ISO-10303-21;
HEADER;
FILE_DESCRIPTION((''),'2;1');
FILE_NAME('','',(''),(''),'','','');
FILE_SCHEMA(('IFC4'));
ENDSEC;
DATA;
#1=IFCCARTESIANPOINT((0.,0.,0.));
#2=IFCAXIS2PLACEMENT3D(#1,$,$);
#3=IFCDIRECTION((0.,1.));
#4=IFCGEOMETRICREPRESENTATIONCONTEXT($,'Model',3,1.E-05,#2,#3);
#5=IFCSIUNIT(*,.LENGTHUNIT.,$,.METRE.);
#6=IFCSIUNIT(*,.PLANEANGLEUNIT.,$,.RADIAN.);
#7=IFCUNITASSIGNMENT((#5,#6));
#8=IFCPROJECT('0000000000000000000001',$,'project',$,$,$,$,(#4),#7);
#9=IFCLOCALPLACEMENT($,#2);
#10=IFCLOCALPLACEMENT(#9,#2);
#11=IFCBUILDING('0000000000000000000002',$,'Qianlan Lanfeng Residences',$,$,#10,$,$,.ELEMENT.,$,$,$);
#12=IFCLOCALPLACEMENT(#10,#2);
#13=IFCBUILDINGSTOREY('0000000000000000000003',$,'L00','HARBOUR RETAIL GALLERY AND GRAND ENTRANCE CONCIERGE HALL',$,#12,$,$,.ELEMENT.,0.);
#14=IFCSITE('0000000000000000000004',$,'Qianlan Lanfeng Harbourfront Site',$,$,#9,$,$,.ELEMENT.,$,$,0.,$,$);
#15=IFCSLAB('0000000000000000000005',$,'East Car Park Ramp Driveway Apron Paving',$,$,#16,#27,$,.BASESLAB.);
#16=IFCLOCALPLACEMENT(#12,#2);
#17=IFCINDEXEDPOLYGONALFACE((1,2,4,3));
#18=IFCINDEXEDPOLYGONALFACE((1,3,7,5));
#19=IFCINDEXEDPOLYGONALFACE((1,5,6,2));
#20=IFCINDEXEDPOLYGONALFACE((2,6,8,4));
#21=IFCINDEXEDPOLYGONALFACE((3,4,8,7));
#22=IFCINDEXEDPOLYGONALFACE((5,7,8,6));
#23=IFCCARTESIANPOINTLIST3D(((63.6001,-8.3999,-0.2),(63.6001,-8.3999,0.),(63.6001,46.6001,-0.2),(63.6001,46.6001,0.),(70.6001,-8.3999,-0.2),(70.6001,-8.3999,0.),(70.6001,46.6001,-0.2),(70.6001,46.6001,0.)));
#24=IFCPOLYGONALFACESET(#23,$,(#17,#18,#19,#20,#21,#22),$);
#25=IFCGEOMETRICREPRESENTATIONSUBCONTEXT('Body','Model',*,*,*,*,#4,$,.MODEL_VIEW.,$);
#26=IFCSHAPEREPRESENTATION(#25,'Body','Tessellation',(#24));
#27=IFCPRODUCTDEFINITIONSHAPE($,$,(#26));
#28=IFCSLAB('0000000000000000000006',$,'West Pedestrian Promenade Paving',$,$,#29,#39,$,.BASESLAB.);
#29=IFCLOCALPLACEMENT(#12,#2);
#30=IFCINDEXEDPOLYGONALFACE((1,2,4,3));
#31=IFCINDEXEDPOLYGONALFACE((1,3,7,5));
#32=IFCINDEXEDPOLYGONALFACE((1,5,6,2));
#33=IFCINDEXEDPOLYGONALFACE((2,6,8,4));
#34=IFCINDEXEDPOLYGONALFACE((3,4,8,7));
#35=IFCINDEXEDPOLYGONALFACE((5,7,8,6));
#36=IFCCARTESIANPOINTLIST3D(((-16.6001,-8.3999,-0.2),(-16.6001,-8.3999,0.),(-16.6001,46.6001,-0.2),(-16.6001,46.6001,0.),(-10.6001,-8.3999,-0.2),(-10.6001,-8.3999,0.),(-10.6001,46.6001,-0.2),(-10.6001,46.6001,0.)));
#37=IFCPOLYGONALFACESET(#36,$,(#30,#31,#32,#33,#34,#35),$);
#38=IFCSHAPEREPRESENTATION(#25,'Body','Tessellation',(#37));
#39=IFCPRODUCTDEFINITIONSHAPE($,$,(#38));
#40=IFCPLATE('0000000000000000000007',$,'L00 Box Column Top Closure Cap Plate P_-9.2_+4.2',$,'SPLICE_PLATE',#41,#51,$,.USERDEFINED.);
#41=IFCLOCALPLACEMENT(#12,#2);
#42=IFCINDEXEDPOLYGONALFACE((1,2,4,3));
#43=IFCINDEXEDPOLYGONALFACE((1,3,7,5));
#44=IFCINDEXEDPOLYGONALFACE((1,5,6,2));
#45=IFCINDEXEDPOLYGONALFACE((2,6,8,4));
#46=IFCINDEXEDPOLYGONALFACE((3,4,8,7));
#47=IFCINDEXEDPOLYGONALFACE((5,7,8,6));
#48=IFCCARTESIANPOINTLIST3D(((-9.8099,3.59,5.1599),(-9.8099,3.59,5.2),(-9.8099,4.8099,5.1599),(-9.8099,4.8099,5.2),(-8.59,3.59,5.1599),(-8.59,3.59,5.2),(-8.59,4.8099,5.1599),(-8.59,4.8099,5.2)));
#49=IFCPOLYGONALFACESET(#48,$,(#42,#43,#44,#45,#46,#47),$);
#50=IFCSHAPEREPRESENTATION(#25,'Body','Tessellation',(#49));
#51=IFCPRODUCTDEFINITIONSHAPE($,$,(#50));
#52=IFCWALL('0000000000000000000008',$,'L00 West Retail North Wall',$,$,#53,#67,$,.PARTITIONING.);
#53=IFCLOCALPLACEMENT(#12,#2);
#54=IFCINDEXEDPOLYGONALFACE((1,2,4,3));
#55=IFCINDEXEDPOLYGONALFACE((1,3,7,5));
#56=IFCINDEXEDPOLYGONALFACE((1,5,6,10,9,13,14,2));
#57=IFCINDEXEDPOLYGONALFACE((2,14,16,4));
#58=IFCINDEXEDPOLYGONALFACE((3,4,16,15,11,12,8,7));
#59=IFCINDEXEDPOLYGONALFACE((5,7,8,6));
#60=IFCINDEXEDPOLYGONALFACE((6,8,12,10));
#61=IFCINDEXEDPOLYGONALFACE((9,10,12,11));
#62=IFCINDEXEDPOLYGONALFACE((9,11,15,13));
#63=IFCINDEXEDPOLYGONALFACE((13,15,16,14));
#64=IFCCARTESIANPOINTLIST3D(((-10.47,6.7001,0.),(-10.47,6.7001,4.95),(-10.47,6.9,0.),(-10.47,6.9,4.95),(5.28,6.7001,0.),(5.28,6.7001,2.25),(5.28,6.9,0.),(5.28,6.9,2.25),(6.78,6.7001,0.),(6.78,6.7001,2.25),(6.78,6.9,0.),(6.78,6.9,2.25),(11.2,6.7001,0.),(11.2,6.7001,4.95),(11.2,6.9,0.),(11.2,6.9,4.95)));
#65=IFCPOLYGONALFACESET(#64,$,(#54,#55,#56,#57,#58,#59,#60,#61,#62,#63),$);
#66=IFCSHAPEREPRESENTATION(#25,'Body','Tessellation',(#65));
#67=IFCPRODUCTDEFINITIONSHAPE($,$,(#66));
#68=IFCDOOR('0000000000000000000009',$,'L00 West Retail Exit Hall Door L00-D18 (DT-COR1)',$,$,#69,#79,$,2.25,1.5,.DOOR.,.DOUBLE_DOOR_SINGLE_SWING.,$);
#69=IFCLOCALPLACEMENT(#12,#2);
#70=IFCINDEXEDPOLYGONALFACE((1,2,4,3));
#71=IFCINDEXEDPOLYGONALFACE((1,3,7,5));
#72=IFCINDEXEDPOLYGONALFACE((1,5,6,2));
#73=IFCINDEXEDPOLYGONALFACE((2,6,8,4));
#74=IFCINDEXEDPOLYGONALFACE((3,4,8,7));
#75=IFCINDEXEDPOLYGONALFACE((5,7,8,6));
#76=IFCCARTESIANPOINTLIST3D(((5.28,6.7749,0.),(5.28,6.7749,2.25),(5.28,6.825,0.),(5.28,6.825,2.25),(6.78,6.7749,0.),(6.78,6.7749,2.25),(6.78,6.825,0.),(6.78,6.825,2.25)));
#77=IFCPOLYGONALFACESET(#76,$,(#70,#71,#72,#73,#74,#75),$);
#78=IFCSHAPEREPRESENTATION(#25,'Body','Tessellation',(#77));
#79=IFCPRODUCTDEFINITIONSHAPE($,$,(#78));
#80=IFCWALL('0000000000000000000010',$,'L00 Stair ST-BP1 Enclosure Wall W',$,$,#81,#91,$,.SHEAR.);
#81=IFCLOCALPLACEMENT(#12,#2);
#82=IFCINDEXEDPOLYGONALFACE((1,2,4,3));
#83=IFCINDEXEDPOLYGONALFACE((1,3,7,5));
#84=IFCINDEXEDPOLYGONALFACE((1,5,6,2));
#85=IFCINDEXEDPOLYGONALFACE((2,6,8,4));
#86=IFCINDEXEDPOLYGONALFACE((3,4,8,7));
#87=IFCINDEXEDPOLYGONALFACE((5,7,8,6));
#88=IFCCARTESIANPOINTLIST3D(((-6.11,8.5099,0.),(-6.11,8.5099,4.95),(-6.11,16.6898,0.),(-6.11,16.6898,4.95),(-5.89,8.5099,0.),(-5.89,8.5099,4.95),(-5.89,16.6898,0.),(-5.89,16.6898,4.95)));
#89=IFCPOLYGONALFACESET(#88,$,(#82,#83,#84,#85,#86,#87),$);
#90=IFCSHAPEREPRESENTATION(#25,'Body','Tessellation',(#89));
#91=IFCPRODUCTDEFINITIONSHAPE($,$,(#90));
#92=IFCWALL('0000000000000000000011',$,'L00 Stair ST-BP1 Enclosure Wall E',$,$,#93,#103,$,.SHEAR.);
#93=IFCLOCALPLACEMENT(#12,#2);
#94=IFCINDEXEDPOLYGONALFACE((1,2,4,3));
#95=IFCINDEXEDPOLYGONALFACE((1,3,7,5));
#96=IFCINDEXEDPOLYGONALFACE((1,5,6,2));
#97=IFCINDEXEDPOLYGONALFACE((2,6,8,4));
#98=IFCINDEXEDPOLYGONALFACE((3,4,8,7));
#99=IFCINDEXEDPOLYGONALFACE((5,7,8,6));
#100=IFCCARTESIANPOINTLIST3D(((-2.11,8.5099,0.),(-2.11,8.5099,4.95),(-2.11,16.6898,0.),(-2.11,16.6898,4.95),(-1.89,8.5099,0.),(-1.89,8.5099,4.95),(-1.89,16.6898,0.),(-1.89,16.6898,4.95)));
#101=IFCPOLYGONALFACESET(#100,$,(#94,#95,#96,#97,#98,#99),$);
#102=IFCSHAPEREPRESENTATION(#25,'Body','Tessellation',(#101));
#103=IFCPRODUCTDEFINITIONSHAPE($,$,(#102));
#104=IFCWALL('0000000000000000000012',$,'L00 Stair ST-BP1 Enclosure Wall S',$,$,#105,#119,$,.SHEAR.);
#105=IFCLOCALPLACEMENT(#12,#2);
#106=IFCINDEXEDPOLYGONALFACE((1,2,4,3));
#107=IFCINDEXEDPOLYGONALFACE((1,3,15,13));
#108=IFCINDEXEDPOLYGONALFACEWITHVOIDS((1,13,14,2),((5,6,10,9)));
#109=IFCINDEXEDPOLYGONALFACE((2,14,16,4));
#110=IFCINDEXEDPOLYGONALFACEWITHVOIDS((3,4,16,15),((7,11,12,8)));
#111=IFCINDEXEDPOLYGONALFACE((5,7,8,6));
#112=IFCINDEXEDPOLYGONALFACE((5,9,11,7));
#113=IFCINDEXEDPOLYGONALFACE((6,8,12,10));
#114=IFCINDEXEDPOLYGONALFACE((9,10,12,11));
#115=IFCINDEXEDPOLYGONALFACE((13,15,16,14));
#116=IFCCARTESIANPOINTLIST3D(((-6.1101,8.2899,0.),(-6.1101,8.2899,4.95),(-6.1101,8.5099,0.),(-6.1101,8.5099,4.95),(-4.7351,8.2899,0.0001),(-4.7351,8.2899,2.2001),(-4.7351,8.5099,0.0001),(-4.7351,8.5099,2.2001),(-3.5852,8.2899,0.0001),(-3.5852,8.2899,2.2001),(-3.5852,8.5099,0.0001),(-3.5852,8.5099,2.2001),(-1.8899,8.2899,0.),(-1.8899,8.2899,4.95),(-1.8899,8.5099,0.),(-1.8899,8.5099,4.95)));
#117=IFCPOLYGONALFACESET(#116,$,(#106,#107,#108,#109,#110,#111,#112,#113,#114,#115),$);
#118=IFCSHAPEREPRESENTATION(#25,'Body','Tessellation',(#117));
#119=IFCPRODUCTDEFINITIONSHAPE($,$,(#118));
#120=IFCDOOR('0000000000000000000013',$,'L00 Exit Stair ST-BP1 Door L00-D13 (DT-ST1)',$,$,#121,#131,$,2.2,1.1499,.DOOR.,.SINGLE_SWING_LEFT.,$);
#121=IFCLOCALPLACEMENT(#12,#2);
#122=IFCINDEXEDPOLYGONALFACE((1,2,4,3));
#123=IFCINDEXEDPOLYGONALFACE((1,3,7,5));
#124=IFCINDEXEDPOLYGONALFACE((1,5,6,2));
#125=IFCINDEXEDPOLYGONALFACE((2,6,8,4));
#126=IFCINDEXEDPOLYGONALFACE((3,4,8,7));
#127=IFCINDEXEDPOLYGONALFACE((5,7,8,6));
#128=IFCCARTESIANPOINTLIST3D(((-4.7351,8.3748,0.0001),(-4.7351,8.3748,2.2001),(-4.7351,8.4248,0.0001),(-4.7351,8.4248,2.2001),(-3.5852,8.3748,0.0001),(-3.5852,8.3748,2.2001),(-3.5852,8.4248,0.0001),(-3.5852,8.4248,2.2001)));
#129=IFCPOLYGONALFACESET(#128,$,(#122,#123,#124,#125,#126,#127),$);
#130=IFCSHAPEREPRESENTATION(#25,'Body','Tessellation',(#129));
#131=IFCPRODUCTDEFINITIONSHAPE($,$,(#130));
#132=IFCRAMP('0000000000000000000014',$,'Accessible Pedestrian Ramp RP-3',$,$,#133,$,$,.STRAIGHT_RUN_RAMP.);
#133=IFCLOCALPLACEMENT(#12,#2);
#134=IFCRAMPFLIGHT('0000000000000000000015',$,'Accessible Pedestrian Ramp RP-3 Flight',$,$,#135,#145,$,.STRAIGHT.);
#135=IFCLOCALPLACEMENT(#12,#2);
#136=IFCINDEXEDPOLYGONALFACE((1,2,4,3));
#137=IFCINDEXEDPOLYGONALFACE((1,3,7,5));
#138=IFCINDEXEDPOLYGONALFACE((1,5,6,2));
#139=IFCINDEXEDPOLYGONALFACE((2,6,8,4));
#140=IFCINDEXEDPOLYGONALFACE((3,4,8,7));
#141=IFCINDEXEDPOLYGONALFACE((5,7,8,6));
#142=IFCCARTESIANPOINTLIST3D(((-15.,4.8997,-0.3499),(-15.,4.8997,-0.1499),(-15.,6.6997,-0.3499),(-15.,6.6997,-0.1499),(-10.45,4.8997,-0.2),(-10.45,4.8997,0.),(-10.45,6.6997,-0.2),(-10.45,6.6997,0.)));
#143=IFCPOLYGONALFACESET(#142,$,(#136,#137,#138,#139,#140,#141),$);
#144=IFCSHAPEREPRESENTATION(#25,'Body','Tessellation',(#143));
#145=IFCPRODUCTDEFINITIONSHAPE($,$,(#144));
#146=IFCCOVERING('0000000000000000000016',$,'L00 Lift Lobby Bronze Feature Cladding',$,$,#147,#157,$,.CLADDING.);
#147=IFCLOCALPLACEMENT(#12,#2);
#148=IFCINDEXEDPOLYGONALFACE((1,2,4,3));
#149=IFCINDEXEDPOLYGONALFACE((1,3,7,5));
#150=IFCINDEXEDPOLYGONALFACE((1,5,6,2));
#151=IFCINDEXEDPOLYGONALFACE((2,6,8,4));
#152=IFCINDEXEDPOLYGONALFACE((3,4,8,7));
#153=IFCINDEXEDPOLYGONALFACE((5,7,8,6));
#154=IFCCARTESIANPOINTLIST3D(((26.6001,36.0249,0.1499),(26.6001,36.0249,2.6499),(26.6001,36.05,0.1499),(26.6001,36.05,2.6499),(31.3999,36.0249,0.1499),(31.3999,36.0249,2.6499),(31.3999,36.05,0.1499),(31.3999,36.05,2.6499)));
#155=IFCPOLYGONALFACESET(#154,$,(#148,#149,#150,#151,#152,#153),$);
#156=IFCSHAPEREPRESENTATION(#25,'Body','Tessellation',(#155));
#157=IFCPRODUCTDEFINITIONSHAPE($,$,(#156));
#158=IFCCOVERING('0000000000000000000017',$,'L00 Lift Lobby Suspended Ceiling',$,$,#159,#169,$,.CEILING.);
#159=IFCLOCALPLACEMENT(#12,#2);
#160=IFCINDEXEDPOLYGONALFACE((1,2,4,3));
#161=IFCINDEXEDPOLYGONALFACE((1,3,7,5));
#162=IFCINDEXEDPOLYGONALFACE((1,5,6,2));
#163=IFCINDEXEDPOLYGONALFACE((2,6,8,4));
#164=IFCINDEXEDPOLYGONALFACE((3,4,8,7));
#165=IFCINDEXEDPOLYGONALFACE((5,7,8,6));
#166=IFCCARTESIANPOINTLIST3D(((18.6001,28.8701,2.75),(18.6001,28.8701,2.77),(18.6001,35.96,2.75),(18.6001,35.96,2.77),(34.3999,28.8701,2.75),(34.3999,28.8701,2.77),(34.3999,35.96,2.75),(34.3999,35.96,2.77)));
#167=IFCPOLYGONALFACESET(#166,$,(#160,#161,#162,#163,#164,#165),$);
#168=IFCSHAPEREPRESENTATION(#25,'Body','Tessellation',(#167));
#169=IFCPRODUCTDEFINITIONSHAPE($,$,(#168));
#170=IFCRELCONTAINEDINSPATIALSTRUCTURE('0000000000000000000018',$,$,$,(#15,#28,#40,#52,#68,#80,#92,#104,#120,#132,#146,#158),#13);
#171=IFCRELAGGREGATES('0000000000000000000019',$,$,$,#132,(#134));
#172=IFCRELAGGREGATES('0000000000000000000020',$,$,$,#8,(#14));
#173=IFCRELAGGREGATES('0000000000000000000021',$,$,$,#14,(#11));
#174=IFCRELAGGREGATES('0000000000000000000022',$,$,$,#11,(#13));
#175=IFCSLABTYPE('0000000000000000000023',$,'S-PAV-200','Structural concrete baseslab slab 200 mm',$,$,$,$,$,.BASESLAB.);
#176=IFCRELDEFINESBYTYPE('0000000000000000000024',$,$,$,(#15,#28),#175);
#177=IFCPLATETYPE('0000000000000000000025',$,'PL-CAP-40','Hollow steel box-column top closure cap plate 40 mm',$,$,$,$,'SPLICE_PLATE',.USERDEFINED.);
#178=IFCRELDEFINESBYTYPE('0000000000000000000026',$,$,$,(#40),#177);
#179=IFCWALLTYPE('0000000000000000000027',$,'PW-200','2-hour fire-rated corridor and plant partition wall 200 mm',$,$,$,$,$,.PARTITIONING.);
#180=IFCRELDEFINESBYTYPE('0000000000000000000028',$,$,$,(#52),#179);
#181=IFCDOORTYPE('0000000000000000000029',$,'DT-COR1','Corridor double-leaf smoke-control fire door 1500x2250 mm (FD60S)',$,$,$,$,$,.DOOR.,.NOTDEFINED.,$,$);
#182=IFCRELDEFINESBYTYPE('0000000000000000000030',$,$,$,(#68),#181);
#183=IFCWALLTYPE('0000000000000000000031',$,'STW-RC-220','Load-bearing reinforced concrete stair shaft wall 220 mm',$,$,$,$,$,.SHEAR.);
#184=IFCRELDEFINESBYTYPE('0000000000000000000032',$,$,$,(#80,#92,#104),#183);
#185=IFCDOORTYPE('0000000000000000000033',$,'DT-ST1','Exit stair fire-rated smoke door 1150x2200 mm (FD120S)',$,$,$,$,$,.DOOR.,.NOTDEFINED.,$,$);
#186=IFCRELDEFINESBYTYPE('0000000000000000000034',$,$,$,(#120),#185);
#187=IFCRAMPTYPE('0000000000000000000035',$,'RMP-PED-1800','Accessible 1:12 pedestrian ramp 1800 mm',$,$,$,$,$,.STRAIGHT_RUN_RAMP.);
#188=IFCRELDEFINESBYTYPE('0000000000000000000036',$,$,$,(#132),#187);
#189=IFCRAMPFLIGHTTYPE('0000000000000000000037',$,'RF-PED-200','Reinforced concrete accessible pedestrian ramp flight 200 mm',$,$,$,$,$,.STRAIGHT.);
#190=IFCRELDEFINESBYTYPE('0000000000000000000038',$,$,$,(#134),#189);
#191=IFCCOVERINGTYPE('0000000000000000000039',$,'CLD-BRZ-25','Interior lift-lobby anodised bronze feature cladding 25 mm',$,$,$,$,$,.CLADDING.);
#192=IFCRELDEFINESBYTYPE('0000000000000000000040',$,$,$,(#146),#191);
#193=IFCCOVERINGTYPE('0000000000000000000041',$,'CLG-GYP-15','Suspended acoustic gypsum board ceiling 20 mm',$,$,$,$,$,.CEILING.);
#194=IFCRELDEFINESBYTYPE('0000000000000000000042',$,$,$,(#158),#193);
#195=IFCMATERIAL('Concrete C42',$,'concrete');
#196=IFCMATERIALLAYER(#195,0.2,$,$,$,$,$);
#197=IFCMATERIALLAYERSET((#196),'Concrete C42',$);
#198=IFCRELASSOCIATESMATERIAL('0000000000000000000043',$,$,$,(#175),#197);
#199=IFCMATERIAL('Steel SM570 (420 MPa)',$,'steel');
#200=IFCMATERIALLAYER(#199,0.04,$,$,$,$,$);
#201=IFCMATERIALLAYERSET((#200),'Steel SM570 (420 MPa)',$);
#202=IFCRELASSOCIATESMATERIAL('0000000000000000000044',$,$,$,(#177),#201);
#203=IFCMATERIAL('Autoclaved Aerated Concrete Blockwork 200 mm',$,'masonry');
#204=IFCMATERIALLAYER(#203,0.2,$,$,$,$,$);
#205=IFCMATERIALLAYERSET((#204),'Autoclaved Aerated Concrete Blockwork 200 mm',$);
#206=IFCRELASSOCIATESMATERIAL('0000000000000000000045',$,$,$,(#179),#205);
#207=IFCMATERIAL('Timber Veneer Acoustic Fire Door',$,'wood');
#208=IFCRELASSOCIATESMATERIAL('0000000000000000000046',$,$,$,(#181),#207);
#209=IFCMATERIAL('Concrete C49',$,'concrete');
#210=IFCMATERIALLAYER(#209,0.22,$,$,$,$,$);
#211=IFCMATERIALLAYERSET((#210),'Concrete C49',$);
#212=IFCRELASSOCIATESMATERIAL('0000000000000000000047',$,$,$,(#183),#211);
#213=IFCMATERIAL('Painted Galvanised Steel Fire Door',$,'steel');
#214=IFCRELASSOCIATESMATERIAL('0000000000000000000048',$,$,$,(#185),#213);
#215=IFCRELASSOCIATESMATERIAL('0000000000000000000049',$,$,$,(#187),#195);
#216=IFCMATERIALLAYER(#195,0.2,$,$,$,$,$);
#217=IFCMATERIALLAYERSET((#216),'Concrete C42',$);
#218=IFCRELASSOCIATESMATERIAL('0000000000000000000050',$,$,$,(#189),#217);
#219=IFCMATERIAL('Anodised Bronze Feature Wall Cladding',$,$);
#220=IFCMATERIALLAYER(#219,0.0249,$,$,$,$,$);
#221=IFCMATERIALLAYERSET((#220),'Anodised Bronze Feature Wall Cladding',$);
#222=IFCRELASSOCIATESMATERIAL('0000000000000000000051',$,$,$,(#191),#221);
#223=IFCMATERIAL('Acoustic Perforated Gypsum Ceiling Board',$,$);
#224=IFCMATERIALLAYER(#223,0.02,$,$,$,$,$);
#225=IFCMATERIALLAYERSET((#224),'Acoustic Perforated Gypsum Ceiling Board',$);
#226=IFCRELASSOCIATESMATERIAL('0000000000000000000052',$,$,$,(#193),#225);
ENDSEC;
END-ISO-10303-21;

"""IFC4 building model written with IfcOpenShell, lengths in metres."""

from ifc_helpers import new_model, si_unit, direction, frame, frame_2d, origin, origin_2d, place, context, subcontext, project, spatial, polyline, rectangle, outline, extrude, source, transform, mapped, material, layer, layer_set, type_object, element, fill, aggregate, save


model = new_model("IFC4")

# Units and contexts
model_context = context("Model", 3, precision=1e-05, world=origin(), true_north=direction((0.0, 1.0)))
body_context = subcontext(model_context, "Body", "Model", "MODEL_VIEW")
ifc_project = project(units=[si_unit("LENGTHUNIT", "METRE"), si_unit("PLANEANGLEUNIT", "RADIAN")], contexts=[model_context])

# Site, building, storey
site_placement = place(None, origin())
site = spatial("IfcSite", under=ifc_project, at=site_placement, Name="Qianlan Lanfeng Harbourfront Site", CompositionType="ELEMENT", RefElevation=0.0)
building_placement = place(site_placement, origin())
building = spatial("IfcBuilding", under=site, at=building_placement, Name="Qianlan Lanfeng Residences", CompositionType="ELEMENT")
storey_placement = place(building_placement, origin())
storey = spatial("IfcBuildingStorey", under=building, at=storey_placement, Name="L00", Description="HARBOUR RETAIL GALLERY AND GRAND ENTRANCE CONCIERGE HALL", CompositionType="ELEMENT", Elevation=0.0)

# Shared definitions
ifc_material_1 = material(Name="Steel SM570 (420 MPa)", Category="steel")

# Shared definitions
ifc_material_2 = material(Name="Concrete C49", Category="concrete")

# Shared definitions
ifc_material_3 = material(Name="Concrete C42", Category="concrete")

# Slabs
ifc_layer_1 = layer(ifc_material_3, 0.2)
ifc_layer_set_1 = layer_set([ifc_layer_1], Name="Concrete C42")
slab_type_1 = type_object("IfcSlabType", Name="S-PAV-200", Description="Structural concrete baseslab slab 200 mm", PredefinedType="BASESLAB", material=ifc_layer_set_1)
slab_1_placement = place(storey_placement, frame((0.0, 0.0, -0.2)))
element("IfcSlab", 1, at=slab_1_placement, inside=storey, type_object=slab_type_1, Name="East Car Park Ramp Driveway Apron Paving", PredefinedType="BASESLAB", context=body_context, shape_type="SweptSolid", body=[
    extrude(outline(polyline([(63.6001, -8.3999), (70.6001, -8.3999), (70.6001, 46.6001), (63.6001, 46.6001), (63.6001, -8.3999)])), origin(), (0.0, 0.0, 1.0), 0.2),
])
slab_2_placement = place(storey_placement, frame((0.0, 0.0, -0.2)))
element("IfcSlab", 2, at=slab_2_placement, inside=storey, type_object=slab_type_1, Name="West Pedestrian Promenade Paving", PredefinedType="BASESLAB", context=body_context, shape_type="SweptSolid", body=[
    extrude(outline(polyline([(-16.6001, -8.3999), (-10.6001, -8.3999), (-10.6001, 46.6001), (-16.6001, 46.6001), (-16.6001, -8.3999)])), origin(), (0.0, 0.0, 1.0), 0.2),
])

# Plate
ifc_layer_2 = layer(ifc_material_1, 0.04)
ifc_layer_set_2 = layer_set([ifc_layer_2], Name="Steel SM570 (420 MPa)")
plate_type = type_object("IfcPlateType", Name="PL-CAP-40", Description="Hollow steel box-column top closure cap plate 40 mm", ElementType="SPLICE_PLATE", PredefinedType="USERDEFINED", material=ifc_layer_set_2)
shared_shape = source(origin(), body_context, "Body", "SweptSolid", [
    extrude(rectangle(XDim=1.22, YDim=1.22, at=origin_2d()), origin(), (0.0, 0.0, 1.0), 0.04),
])
plate_placement = place(storey_placement, frame((-9.2, 4.2, 5.1599), z_axis=(0.0, 0.0, 1.0), x_axis=(1.0, 0.0, 0.0)))
element("IfcPlate", 3, at=plate_placement, inside=storey, type_object=plate_type, Name="L00 Box Column Top Closure Cap Plate P_-9.2_+4.2", ObjectType="SPLICE_PLATE", PredefinedType="USERDEFINED", context=body_context, shape_type="MappedRepresentation", body=[
    mapped(shared_shape, transform((0.0, 0.0, 0.0), scale=1.0)),
])

# Wall, opening, door
ifc_material_4 = material(Name="Autoclaved Aerated Concrete Blockwork 200 mm", Category="masonry")
ifc_layer_3 = layer(ifc_material_4, 0.2)
ifc_layer_set_3 = layer_set([ifc_layer_3], Name="Autoclaved Aerated Concrete Blockwork 200 mm")
wall_type_1 = type_object("IfcWallType", Name="PW-200", Description="2-hour fire-rated corridor and plant partition wall 200 mm", PredefinedType="PARTITIONING", material=ifc_layer_set_3)
wall_1_placement = place(storey_placement, frame((-10.47, 6.8, 0.0), z_axis=(0.0, 0.0, 1.0), x_axis=(1.0, 0.0, 0.0)))
wall_1 = element("IfcWall", 4, at=wall_1_placement, inside=storey, type_object=wall_type_1, Name="L00 West Retail North Wall", PredefinedType="PARTITIONING", context=body_context, shape_type="SweptSolid", body=[
    extrude(rectangle(XDim=21.6699, YDim=0.2, at=frame_2d((10.835, 0.0))), origin(), (0.0, 0.0, 1.0), 4.95),
])
opening_1_placement = place(wall_1_placement, frame((15.75, 0.0, 0.0)))
opening_1 = element("IfcOpeningElement", 5, at=opening_1_placement, cuts=wall_1, PredefinedType="OPENING", context=body_context, shape_type="SweptSolid", body=[
    extrude(rectangle(XDim=1.5, YDim=2.25, at=frame_2d((0.75, 1.125))), frame((0.0, 0.1099, 0.0), z_axis=(0.0, -1.0, 0.0), x_axis=(1.0, 0.0, 0.0)), (0.0, 0.0, 1.0), 0.22),
])
ifc_material_5 = material(Name="Timber Veneer Acoustic Fire Door", Category="wood")
door_type_1 = type_object("IfcDoorType", Name="DT-COR1", Description="Corridor double-leaf smoke-control fire door 1500x2250 mm (FD60S)", OperationType="NOTDEFINED", PredefinedType="DOOR", material=ifc_material_5)
door_1_placement = place(opening_1_placement, origin())
door_1 = element("IfcDoor", 6, at=door_1_placement, inside=storey, type_object=door_type_1, Name="L00 West Retail Exit Hall Door L00-D18 (DT-COR1)", OperationType="DOUBLE_DOOR_SINGLE_SWING", OverallHeight=2.25, OverallWidth=1.5, PredefinedType="DOOR", context=body_context, shape_type="SweptSolid", body=[
    extrude(rectangle(XDim=1.5, YDim=2.25, at=frame_2d((0.75, 1.125))), frame((0.0, 0.0249, 0.0), z_axis=(0.0, -1.0, 0.0), x_axis=(1.0, 0.0, 0.0)), (0.0, 0.0, 1.0), 0.05),
])
fill(opening_1, door_1)

# Walls
ifc_layer_4 = layer(ifc_material_2, 0.22)
ifc_layer_set_4 = layer_set([ifc_layer_4], Name="Concrete C49")
wall_type_2 = type_object("IfcWallType", Name="STW-RC-220", Description="Load-bearing reinforced concrete stair shaft wall 220 mm", PredefinedType="SHEAR", material=ifc_layer_set_4)
for number, where, z_axis, x_axis, name in (
    (7, (-6.0, 8.51, 0.0), (0.0, 0.0, 1.0), (0.0, 1.0, 0.0), "L00 Stair ST-BP1 Enclosure Wall W"),
    (8, (-2.0, 8.51, 0.0), (0.0, 0.0, 1.0), (0.0, 1.0, 0.0), "L00 Stair ST-BP1 Enclosure Wall E"),
):
    element("IfcWall", number, at=place(storey_placement, frame(where, z_axis=z_axis, x_axis=x_axis)), inside=storey, type_object=wall_type_2, Name=name, PredefinedType="SHEAR", context=body_context, shape_type="SweptSolid", body=[
        extrude(rectangle(XDim=8.1799, YDim=0.22, at=frame_2d((4.0898, 0.0))), origin(), (0.0, 0.0, 1.0), 4.95),
    ])

# Wall, opening, door
wall_2_placement = place(storey_placement, frame((-6.1101, 8.3999, 0.0), z_axis=(0.0, 0.0, 1.0), x_axis=(1.0, 0.0, 0.0)))
wall_2 = element("IfcWall", 9, at=wall_2_placement, inside=storey, type_object=wall_type_2, Name="L00 Stair ST-BP1 Enclosure Wall S", PredefinedType="SHEAR", context=body_context, shape_type="SweptSolid", body=[
    extrude(rectangle(XDim=4.2202, YDim=0.22, at=frame_2d((2.1101, 0.0))), origin(), (0.0, 0.0, 1.0), 4.95),
])
opening_2_placement = place(wall_2_placement, frame((1.375, 0.0, 0.0)))
opening_2 = element("IfcOpeningElement", 10, at=opening_2_placement, cuts=wall_2, PredefinedType="OPENING", context=body_context, shape_type="SweptSolid", body=[
    extrude(rectangle(XDim=1.1499, YDim=2.2, at=frame_2d((0.575, 1.1001))), frame((0.0, 0.1201, 0.0), z_axis=(0.0, -1.0, 0.0), x_axis=(1.0, 0.0, 0.0)), (0.0, 0.0, 1.0), 0.24),
])
ifc_material_6 = material(Name="Painted Galvanised Steel Fire Door", Category="steel")
door_type_2 = type_object("IfcDoorType", Name="DT-ST1", Description="Exit stair fire-rated smoke door 1150x2200 mm (FD120S)", OperationType="NOTDEFINED", PredefinedType="DOOR", material=ifc_material_6)
door_2_placement = place(opening_2_placement, origin())
door_2 = element("IfcDoor", 11, at=door_2_placement, inside=storey, type_object=door_type_2, Name="L00 Exit Stair ST-BP1 Door L00-D13 (DT-ST1)", OperationType="SINGLE_SWING_LEFT", OverallHeight=2.2, OverallWidth=1.1499, PredefinedType="DOOR", context=body_context, shape_type="SweptSolid", body=[
    extrude(rectangle(XDim=1.1499, YDim=2.2, at=frame_2d((0.575, 1.1001))), frame((0.0, 0.0249, 0.0), z_axis=(0.0, -1.0, 0.0), x_axis=(1.0, 0.0, 0.0)), (0.0, 0.0, 1.0), 0.05),
])
fill(opening_2, door_2)

# Ramp, ramp flight
ramp_type = type_object("IfcRampType", Name="RMP-PED-1800", Description="Accessible 1:12 pedestrian ramp 1800 mm", PredefinedType="STRAIGHT_RUN_RAMP", material=ifc_material_3)
ramp_placement = place(storey_placement, origin())
ramp = element("IfcRamp", 12, at=ramp_placement, inside=storey, type_object=ramp_type, Name="Accessible Pedestrian Ramp RP-3", PredefinedType="STRAIGHT_RUN_RAMP")
ifc_layer_5 = layer(ifc_material_3, 0.2)
ifc_layer_set_5 = layer_set([ifc_layer_5], Name="Concrete C42")
ramp_flight_type = type_object("IfcRampFlightType", Name="RF-PED-200", Description="Reinforced concrete accessible pedestrian ramp flight 200 mm", PredefinedType="STRAIGHT", material=ifc_layer_set_5)
ramp_flight_placement = place(storey_placement, frame((-15.0, 5.7998, -0.1499), z_axis=(0.0, 0.0, 1.0), x_axis=(1.0, 0.0, 0.0)))
ramp_flight = element("IfcRampFlight", 13, at=ramp_flight_placement, type_object=ramp_flight_type, Name="Accessible Pedestrian Ramp RP-3 Flight", PredefinedType="STRAIGHT", context=body_context, shape_type="SweptSolid", body=[
    extrude(outline(polyline([(0.0, -0.2), (4.55, -0.05), (4.55, 0.1499), (0.0, 0.0), (0.0, -0.2)])), frame((0.0, 0.8999, 0.0), z_axis=(0.0, -1.0, 0.0), x_axis=(1.0, 0.0, 0.0)), (0.0, 0.0, 1.0), 1.8),
])
aggregate(ramp, [ramp_flight])

# Coverings
ifc_material_7 = material(Name="Anodised Bronze Feature Wall Cladding")
ifc_layer_6 = layer(ifc_material_7, 0.0249)
ifc_layer_set_6 = layer_set([ifc_layer_6], Name="Anodised Bronze Feature Wall Cladding")
covering_type_1 = type_object("IfcCoveringType", Name="CLD-BRZ-25", Description="Interior lift-lobby anodised bronze feature cladding 25 mm", PredefinedType="CLADDING", material=ifc_layer_set_6)
covering_1_placement = place(storey_placement, frame((0.0, 0.0, 0.1499)))
element("IfcCovering", 14, at=covering_1_placement, inside=storey, type_object=covering_type_1, Name="L00 Lift Lobby Bronze Feature Cladding", PredefinedType="CLADDING", context=body_context, shape_type="SweptSolid", body=[
    extrude(outline(polyline([(26.6001, 36.0249), (31.3999, 36.0249), (31.3999, 36.05), (26.6001, 36.05), (26.6001, 36.0249)])), origin(), (0.0, 0.0, 1.0), 2.5),
])
ifc_material_8 = material(Name="Acoustic Perforated Gypsum Ceiling Board")
ifc_layer_7 = layer(ifc_material_8, 0.02)
ifc_layer_set_7 = layer_set([ifc_layer_7], Name="Acoustic Perforated Gypsum Ceiling Board")
covering_type_2 = type_object("IfcCoveringType", Name="CLG-GYP-15", Description="Suspended acoustic gypsum board ceiling 20 mm", PredefinedType="CEILING", material=ifc_layer_set_7)
covering_2_placement = place(storey_placement, frame((0.0, 0.0, 2.75)))
element("IfcCovering", 15, at=covering_2_placement, inside=storey, type_object=covering_type_2, Name="L00 Lift Lobby Suspended Ceiling", PredefinedType="CEILING", context=body_context, shape_type="SweptSolid", body=[
    extrude(outline(polyline([(18.6001, 28.8701), (34.3999, 28.8701), (34.3999, 35.96), (18.6001, 35.96), (18.6001, 28.8701)])), origin(), (0.0, 0.0, 1.0), 0.02),
])

save(model, "model.ifc")
